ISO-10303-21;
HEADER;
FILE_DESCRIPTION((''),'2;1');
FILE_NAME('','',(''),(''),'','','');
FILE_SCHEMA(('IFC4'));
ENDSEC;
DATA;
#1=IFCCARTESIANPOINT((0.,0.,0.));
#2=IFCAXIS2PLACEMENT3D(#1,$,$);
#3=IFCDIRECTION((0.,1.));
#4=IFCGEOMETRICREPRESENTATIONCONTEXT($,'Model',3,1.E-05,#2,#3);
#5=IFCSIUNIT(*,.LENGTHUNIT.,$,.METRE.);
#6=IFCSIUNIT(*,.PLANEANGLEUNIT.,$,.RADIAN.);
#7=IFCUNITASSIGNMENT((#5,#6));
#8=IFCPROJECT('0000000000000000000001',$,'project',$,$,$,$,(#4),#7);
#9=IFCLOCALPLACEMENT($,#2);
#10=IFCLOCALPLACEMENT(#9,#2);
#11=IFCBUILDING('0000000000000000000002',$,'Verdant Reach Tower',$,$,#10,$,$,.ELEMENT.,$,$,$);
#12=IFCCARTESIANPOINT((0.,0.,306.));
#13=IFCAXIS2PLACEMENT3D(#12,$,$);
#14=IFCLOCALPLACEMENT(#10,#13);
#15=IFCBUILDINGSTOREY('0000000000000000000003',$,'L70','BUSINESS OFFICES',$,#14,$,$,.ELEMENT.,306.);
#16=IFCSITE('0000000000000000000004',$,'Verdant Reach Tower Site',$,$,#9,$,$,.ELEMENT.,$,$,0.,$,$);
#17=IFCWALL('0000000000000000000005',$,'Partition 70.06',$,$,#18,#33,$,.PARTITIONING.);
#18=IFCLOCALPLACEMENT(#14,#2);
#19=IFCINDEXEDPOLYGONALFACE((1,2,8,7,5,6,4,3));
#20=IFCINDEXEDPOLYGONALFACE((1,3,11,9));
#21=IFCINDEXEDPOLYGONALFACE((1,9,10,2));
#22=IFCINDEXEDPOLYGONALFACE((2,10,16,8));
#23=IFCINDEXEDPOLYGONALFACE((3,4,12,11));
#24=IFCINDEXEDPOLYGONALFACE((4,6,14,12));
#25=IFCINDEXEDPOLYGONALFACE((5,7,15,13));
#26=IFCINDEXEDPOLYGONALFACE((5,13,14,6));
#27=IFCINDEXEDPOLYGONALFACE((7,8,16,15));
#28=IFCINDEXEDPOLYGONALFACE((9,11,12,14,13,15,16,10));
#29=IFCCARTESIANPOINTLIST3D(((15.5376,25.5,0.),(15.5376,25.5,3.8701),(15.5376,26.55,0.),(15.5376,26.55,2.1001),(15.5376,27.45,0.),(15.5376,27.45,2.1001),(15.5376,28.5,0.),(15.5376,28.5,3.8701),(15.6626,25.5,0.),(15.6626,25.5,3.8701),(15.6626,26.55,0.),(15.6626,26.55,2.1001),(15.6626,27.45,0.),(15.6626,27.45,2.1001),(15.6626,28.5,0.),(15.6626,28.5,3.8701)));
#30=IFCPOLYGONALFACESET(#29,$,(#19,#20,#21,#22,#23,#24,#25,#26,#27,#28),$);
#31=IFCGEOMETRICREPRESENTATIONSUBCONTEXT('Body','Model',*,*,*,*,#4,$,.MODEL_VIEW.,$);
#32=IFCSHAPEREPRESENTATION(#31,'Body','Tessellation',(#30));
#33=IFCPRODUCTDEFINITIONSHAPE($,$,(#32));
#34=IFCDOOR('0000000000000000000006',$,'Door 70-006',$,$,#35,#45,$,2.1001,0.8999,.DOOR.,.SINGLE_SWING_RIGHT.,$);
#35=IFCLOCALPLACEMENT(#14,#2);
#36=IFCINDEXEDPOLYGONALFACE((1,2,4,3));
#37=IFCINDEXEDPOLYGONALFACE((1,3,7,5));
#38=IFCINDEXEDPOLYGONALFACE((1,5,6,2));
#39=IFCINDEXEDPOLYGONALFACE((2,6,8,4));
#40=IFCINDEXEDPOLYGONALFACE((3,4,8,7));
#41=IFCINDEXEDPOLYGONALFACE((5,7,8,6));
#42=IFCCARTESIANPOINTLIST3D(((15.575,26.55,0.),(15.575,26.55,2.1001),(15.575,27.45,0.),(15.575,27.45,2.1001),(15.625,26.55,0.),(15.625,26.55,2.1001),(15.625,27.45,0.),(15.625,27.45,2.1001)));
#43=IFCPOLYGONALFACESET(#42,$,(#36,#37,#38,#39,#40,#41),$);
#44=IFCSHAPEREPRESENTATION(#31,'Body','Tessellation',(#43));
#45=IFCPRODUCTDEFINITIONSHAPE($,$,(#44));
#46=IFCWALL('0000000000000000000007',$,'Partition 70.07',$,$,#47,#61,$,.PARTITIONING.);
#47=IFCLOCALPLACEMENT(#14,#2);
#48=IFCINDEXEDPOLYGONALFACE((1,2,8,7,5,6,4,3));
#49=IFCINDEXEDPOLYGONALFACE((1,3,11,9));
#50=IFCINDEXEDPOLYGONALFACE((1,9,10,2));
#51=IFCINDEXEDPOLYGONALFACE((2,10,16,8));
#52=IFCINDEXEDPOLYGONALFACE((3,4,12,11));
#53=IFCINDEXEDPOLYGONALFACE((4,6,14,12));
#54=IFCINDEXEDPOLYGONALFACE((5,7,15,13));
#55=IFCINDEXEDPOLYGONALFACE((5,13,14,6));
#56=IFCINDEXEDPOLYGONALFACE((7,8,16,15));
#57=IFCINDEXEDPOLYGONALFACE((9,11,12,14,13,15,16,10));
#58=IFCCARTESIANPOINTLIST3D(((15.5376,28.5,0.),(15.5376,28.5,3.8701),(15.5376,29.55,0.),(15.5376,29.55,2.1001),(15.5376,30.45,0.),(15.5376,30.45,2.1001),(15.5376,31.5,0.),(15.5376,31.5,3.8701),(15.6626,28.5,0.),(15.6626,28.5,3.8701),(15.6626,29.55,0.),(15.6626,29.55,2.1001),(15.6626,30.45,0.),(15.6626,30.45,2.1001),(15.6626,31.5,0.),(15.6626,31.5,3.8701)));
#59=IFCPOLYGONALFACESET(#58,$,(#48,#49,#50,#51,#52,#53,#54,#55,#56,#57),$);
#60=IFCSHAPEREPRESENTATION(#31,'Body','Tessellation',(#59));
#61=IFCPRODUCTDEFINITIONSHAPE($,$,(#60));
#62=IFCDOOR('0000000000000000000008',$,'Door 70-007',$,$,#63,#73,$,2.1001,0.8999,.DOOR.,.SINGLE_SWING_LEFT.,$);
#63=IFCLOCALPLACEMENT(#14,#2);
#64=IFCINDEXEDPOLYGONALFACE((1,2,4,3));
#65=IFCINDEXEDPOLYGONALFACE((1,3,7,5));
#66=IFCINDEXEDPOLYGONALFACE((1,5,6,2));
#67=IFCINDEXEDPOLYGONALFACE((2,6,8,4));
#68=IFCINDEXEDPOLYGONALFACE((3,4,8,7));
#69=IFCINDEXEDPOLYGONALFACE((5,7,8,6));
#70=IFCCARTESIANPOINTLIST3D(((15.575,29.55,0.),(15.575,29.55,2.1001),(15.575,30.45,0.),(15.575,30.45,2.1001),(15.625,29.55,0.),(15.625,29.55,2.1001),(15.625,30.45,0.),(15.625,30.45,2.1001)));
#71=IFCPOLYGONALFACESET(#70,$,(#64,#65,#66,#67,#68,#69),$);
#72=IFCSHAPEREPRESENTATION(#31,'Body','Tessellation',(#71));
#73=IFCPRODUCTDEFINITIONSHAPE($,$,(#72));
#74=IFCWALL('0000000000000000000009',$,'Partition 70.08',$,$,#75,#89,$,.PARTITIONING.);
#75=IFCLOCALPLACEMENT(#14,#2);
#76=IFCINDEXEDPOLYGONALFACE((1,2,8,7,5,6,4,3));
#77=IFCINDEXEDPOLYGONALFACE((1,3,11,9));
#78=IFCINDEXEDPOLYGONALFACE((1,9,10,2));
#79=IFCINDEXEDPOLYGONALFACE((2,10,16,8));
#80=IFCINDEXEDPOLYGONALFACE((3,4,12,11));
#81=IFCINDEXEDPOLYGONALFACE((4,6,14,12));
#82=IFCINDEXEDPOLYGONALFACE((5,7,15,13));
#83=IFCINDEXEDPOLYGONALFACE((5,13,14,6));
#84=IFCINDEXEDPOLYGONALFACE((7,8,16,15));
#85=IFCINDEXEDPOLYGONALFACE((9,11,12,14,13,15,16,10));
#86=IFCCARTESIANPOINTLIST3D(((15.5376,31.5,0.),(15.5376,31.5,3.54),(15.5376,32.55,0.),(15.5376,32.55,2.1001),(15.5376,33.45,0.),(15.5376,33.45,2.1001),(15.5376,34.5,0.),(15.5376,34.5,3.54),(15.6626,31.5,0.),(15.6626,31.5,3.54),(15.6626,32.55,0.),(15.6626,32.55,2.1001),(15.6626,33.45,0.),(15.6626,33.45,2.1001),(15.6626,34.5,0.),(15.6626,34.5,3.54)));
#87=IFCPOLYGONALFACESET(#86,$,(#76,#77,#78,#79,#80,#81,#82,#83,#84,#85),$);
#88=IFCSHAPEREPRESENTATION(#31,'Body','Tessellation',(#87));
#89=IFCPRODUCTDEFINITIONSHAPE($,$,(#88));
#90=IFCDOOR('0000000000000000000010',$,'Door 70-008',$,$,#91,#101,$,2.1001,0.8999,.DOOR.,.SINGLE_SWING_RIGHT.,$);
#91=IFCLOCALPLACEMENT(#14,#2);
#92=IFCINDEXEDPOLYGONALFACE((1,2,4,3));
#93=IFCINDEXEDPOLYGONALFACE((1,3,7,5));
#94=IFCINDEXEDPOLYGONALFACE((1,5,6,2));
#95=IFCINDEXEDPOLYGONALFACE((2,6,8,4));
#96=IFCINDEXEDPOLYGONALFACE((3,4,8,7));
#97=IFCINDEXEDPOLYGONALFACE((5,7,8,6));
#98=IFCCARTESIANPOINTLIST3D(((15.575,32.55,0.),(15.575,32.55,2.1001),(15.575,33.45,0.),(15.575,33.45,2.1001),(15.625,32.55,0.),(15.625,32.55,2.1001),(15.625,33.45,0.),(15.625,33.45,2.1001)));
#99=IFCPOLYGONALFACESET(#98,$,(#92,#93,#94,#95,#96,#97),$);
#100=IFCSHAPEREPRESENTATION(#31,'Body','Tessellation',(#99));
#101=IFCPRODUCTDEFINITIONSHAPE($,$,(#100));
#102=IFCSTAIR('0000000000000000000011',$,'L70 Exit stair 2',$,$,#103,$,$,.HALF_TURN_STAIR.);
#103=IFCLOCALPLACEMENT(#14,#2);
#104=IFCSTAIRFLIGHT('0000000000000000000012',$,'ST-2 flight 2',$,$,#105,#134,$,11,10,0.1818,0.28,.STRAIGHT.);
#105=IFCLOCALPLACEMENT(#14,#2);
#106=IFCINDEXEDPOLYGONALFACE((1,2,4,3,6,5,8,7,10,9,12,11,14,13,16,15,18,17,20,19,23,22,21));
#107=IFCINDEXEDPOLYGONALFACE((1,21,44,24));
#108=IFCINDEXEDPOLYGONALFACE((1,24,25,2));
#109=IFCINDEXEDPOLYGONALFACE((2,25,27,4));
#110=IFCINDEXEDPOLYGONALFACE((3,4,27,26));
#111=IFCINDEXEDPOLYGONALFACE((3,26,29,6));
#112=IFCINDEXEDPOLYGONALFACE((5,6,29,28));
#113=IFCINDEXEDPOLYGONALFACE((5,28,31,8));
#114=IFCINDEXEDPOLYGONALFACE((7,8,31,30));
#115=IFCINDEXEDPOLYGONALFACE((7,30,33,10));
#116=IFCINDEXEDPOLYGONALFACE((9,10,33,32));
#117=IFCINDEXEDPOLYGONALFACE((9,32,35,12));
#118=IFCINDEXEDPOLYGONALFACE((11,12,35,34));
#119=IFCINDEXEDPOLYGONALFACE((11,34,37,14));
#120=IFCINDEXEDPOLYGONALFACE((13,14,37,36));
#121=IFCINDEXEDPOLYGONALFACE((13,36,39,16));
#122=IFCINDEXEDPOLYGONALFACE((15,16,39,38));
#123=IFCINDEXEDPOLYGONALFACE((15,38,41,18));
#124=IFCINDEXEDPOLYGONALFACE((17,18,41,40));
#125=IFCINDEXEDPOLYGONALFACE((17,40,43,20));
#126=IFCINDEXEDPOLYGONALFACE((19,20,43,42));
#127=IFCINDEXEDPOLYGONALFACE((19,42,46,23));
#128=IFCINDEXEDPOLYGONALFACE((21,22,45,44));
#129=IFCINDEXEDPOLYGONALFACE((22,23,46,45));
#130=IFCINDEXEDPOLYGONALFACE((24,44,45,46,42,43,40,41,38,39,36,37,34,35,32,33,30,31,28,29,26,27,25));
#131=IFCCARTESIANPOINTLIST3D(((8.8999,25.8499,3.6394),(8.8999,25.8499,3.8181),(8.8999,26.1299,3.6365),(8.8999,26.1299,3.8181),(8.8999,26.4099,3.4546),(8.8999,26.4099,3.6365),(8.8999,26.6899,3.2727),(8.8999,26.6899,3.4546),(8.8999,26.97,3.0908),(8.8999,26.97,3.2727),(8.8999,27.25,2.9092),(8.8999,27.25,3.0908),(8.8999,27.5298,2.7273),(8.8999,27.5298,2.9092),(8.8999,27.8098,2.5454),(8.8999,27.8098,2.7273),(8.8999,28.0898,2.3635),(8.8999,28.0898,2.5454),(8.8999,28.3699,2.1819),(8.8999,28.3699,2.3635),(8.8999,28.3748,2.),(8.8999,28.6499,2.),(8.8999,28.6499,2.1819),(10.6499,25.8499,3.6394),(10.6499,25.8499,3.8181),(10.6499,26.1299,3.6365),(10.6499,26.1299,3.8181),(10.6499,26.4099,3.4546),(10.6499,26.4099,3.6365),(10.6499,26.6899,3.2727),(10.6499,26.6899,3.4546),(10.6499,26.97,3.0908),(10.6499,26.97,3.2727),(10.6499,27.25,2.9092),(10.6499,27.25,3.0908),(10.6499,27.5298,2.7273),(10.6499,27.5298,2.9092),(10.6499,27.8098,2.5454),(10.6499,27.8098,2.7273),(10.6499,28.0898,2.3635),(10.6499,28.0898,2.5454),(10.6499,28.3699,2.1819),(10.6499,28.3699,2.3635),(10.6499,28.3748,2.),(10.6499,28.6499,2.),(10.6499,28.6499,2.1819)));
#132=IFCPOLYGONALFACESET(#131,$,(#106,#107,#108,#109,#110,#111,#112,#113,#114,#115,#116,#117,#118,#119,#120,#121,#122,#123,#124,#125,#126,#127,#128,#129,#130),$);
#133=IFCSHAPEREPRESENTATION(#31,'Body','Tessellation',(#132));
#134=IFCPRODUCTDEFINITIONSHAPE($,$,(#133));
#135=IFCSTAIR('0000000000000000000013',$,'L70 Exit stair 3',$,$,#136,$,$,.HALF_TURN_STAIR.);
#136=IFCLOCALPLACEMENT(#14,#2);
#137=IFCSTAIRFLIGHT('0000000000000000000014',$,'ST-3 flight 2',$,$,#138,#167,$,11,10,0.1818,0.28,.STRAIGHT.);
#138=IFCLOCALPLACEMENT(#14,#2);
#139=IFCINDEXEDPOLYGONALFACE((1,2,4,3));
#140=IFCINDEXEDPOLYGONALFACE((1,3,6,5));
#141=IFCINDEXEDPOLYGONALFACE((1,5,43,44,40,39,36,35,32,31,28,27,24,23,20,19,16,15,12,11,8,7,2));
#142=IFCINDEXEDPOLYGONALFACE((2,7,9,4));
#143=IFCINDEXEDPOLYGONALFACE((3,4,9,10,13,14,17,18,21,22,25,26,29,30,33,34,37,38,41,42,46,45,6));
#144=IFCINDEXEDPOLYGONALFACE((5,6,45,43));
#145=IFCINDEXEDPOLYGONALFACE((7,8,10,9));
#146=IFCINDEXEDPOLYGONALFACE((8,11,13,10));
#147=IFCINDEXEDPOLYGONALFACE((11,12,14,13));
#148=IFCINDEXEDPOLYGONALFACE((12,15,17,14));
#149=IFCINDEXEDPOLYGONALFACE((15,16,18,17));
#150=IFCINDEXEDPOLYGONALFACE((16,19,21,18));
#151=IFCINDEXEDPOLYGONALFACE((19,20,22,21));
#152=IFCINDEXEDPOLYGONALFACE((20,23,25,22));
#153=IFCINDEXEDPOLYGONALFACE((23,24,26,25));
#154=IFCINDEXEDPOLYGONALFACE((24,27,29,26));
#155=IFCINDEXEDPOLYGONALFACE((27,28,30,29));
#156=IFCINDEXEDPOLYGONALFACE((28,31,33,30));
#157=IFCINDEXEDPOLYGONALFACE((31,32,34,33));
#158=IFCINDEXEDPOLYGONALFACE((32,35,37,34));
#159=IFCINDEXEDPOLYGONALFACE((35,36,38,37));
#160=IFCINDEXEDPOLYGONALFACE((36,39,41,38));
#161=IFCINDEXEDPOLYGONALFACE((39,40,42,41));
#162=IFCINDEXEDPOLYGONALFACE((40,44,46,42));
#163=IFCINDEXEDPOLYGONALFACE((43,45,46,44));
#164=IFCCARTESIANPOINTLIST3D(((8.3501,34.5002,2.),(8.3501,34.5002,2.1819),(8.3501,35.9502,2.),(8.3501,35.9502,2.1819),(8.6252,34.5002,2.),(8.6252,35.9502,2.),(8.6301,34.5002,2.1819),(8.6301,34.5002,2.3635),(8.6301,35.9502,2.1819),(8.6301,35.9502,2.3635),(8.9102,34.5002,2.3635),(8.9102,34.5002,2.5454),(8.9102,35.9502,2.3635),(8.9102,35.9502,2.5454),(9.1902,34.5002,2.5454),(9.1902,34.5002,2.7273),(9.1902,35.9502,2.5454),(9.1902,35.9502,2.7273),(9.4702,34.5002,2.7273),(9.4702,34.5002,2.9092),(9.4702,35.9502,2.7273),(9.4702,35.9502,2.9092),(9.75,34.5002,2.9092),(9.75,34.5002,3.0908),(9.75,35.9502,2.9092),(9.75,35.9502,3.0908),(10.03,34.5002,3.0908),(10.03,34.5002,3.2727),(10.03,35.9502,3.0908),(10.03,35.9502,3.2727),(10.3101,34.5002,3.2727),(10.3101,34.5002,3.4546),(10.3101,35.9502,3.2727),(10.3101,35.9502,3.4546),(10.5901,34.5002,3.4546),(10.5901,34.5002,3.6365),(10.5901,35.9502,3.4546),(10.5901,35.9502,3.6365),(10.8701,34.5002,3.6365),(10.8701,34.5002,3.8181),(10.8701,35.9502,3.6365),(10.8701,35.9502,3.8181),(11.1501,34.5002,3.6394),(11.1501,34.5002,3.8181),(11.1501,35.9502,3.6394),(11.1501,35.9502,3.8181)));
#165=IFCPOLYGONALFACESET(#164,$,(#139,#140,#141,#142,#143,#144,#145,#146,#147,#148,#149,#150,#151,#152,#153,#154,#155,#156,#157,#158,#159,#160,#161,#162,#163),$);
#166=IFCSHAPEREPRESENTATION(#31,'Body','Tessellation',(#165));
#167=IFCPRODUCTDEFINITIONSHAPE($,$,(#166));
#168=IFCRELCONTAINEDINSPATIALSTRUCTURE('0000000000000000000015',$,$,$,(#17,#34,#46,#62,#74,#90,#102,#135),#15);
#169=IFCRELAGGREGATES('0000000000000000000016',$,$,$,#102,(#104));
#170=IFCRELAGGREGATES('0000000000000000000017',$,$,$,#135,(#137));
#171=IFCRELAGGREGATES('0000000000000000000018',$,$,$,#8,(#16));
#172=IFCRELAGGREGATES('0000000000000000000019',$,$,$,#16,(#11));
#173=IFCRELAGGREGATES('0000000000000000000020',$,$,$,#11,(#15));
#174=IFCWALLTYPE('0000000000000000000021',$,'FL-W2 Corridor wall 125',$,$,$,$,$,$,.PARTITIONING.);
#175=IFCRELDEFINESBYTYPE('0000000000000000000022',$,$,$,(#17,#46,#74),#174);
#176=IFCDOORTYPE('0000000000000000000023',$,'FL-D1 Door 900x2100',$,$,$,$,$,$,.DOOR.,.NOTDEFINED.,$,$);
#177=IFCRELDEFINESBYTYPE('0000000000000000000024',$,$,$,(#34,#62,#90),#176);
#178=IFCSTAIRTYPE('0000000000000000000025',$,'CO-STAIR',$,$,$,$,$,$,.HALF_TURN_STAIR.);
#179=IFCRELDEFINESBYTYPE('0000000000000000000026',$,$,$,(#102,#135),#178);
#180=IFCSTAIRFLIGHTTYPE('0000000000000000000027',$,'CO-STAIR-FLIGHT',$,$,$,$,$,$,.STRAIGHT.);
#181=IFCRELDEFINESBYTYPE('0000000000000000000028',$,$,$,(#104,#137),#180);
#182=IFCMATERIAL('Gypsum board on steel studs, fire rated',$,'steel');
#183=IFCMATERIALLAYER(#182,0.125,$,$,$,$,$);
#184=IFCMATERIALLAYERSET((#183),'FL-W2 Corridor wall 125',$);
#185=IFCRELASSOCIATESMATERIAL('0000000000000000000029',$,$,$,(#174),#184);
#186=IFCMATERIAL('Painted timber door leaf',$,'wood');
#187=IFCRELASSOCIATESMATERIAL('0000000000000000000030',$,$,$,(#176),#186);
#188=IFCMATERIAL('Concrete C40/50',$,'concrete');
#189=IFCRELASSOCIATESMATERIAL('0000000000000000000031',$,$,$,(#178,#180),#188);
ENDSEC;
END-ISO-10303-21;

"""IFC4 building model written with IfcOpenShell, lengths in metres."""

from ifc_helpers import new_model, si_unit, direction, frame, frame_2d, origin, place, context, subcontext, project, spatial, polyline, rectangle, outline, extrude, material, layer, layer_set, type_object, element, fill, aggregate, save


model = new_model("IFC4")

# Units and contexts
model_context = context("Model", 3, precision=1e-05, world=origin(), true_north=direction((0.0, 1.0)))
body_context = subcontext(model_context, "Body", "Model", "MODEL_VIEW")
ifc_project = project(units=[si_unit("LENGTHUNIT", "METRE"), si_unit("PLANEANGLEUNIT", "RADIAN")], contexts=[model_context])

# Site, building, storey
site_placement = place(None, origin())
site = spatial("IfcSite", under=ifc_project, at=site_placement, Name="Verdant Reach Tower Site", CompositionType="ELEMENT", RefElevation=0.0)
building_placement = place(site_placement, origin())
building = spatial("IfcBuilding", under=site, at=building_placement, Name="Verdant Reach Tower", CompositionType="ELEMENT")
storey_placement = place(building_placement, frame((0.0, 0.0, 306.0)))
storey = spatial("IfcBuildingStorey", under=building, at=storey_placement, Name="L70", Description="BUSINESS OFFICES", CompositionType="ELEMENT", Elevation=306.0)

# Shared definitions
ifc_material_1 = material(Name="Concrete C40/50", Category="concrete")

# Walls, openings, doors
ifc_material_2 = material(Name="Gypsum board on steel studs, fire rated", Category="steel")
ifc_layer_1 = layer(ifc_material_2, 0.125)
ifc_layer_set_1 = layer_set([ifc_layer_1], Name="FL-W2 Corridor wall 125")
wall_type_1 = type_object("IfcWallType", Name="FL-W2 Corridor wall 125", PredefinedType="PARTITIONING", material=ifc_layer_set_1)
wall_1_placement = place(storey_placement, frame((15.6001, 28.5, 0.0), z_axis=(0.0, 0.0, 1.0), x_axis=(0.0, -1.0, 0.0)))
wall_1 = element("IfcWall", 1, at=wall_1_placement, inside=storey, type_object=wall_type_1, Name="Partition 70.06", PredefinedType="PARTITIONING", context=body_context, shape_type="SweptSolid", body=[
    extrude(rectangle(XDim=3.0, YDim=0.125, at=frame_2d((1.5, 0.0))), origin(), (0.0, 0.0, 1.0), 3.8701),
])
opening_1_placement = place(wall_1_placement, frame((1.05, 0.0, 0.0)))
opening_1 = element("IfcOpeningElement", 2, at=opening_1_placement, cuts=wall_1, PredefinedType="OPENING", context=body_context, shape_type="SweptSolid", body=[
    extrude(rectangle(XDim=0.8999, YDim=2.1001, at=frame_2d((0.45, 1.05))), frame((0.0, 0.0725, 0.0), z_axis=(0.0, -1.0, 0.0), x_axis=(1.0, 0.0, 0.0)), (0.0, 0.0, 1.0), 0.145),
])
ifc_material_3 = material(Name="Painted timber door leaf", Category="wood")
door_type_1 = type_object("IfcDoorType", Name="FL-D1 Door 900x2100", OperationType="NOTDEFINED", PredefinedType="DOOR", material=ifc_material_3)
door_1_placement = place(opening_1_placement, origin())
door_1 = element("IfcDoor", 3, at=door_1_placement, inside=storey, type_object=door_type_1, Name="Door 70-006", OperationType="SINGLE_SWING_RIGHT", OverallHeight=2.1001, OverallWidth=0.8999, PredefinedType="DOOR", context=body_context, shape_type="SweptSolid", body=[
    extrude(rectangle(XDim=0.8999, YDim=2.1001, at=frame_2d((0.45, 1.05))), frame((0.0, 0.0249, 0.0), z_axis=(0.0, -1.0, 0.0), x_axis=(1.0, 0.0, 0.0)), (0.0, 0.0, 1.0), 0.05),
])
fill(opening_1, door_1)
wall_2_placement = place(storey_placement, frame((15.6001, 31.5, 0.0), z_axis=(0.0, 0.0, 1.0), x_axis=(0.0, -1.0, 0.0)))
wall_2 = element("IfcWall", 4, at=wall_2_placement, inside=storey, type_object=wall_type_1, Name="Partition 70.07", PredefinedType="PARTITIONING", context=body_context, shape_type="SweptSolid", body=[
    extrude(rectangle(XDim=3.0, YDim=0.125, at=frame_2d((1.5, 0.0))), origin(), (0.0, 0.0, 1.0), 3.8701),
])
opening_2_placement = place(wall_2_placement, frame((1.05, 0.0, 0.0)))
opening_2 = element("IfcOpeningElement", 5, at=opening_2_placement, cuts=wall_2, PredefinedType="OPENING", context=body_context, shape_type="SweptSolid", body=[
    extrude(rectangle(XDim=0.8999, YDim=2.1001, at=frame_2d((0.45, 1.05))), frame((0.0, 0.0725, 0.0), z_axis=(0.0, -1.0, 0.0), x_axis=(1.0, 0.0, 0.0)), (0.0, 0.0, 1.0), 0.145),
])
door_2_placement = place(opening_2_placement, origin())
door_2 = element("IfcDoor", 6, at=door_2_placement, inside=storey, type_object=door_type_1, Name="Door 70-007", OperationType="SINGLE_SWING_LEFT", OverallHeight=2.1001, OverallWidth=0.8999, PredefinedType="DOOR", context=body_context, shape_type="SweptSolid", body=[
    extrude(rectangle(XDim=0.8999, YDim=2.1001, at=frame_2d((0.45, 1.05))), frame((0.0, 0.0249, 0.0), z_axis=(0.0, -1.0, 0.0), x_axis=(1.0, 0.0, 0.0)), (0.0, 0.0, 1.0), 0.05),
])
fill(opening_2, door_2)
wall_3_placement = place(storey_placement, frame((15.6001, 34.5, 0.0), z_axis=(0.0, 0.0, 1.0), x_axis=(0.0, -1.0, 0.0)))
wall_3 = element("IfcWall", 7, at=wall_3_placement, inside=storey, type_object=wall_type_1, Name="Partition 70.08", PredefinedType="PARTITIONING", context=body_context, shape_type="SweptSolid", body=[
    extrude(rectangle(XDim=3.0, YDim=0.125, at=frame_2d((1.5, 0.0))), origin(), (0.0, 0.0, 1.0), 3.54),
])
opening_3_placement = place(wall_3_placement, frame((1.05, 0.0, 0.0)))
opening_3 = element("IfcOpeningElement", 8, at=opening_3_placement, cuts=wall_3, PredefinedType="OPENING", context=body_context, shape_type="SweptSolid", body=[
    extrude(rectangle(XDim=0.8999, YDim=2.1001, at=frame_2d((0.45, 1.05))), frame((0.0, 0.0725, 0.0), z_axis=(0.0, -1.0, 0.0), x_axis=(1.0, 0.0, 0.0)), (0.0, 0.0, 1.0), 0.145),
])
door_3_placement = place(opening_3_placement, origin())
door_3 = element("IfcDoor", 9, at=door_3_placement, inside=storey, type_object=door_type_1, Name="Door 70-008", OperationType="SINGLE_SWING_RIGHT", OverallHeight=2.1001, OverallWidth=0.8999, PredefinedType="DOOR", context=body_context, shape_type="SweptSolid", body=[
    extrude(rectangle(XDim=0.8999, YDim=2.1001, at=frame_2d((0.45, 1.05))), frame((0.0, 0.0249, 0.0), z_axis=(0.0, -1.0, 0.0), x_axis=(1.0, 0.0, 0.0)), (0.0, 0.0, 1.0), 0.05),
])
fill(opening_3, door_3)

# Stairs, stair flights
stair_type = type_object("IfcStairType", Name="CO-STAIR", PredefinedType="HALF_TURN_STAIR", material=ifc_material_1)
stair_1_placement = place(storey_placement, origin())
stair_1 = element("IfcStair", 10, at=stair_1_placement, inside=storey, type_object=stair_type, Name="L70 Exit stair 2", PredefinedType="HALF_TURN_STAIR")
stair_flight_type = type_object("IfcStairFlightType", Name="CO-STAIR-FLIGHT", PredefinedType="STRAIGHT", material=ifc_material_1)
stair_flight_1_placement = place(storey_placement, frame((9.7749, 28.6499, 2.0), z_axis=(0.0, 0.0, 1.0), x_axis=(0.0, -1.0, 0.0)))
stair_flight_1 = element("IfcStairFlight", 11, at=stair_flight_1_placement, type_object=stair_flight_type, Name="ST-2 flight 2", NumberOfRisers=11, NumberOfTreads=10, PredefinedType="STRAIGHT", RiserHeight=0.1818, TreadLength=0.28, context=body_context, shape_type="SweptSolid", body=[
    extrude(outline(polyline([(0.0, 0.0), (0.0, 0.1819), (0.28, 0.1819), (0.28, 0.3635), (0.5601, 0.3635), (0.5601, 0.5454), (0.8401, 0.5454), (0.8401, 0.7273), (1.1201, 0.7273), (1.1201, 0.9092), (1.3999, 0.9092), (1.3999, 1.0908), (1.6799, 1.0908), (1.6799, 1.2727), (1.96, 1.2727), (1.96, 1.4546), (2.24, 1.4546), (2.24, 1.6365), (2.52, 1.6365), (2.52, 1.8181), (2.8, 1.8181), (2.8, 2.0), (2.8, 1.6394), (0.2751, 0.0), (0.0, 0.0)])), frame((0.0, 0.875, 0.0), z_axis=(0.0, -1.0, 0.0), x_axis=(1.0, 0.0, 0.0)), (0.0, 0.0, 1.0), 1.75),
])
aggregate(stair_1, [stair_flight_1])
stair_2_placement = place(storey_placement, origin())
stair_2 = element("IfcStair", 12, at=stair_2_placement, inside=storey, type_object=stair_type, Name="L70 Exit stair 3", PredefinedType="HALF_TURN_STAIR")
stair_flight_2_placement = place(storey_placement, frame((8.3501, 35.2251, 2.0), z_axis=(0.0, 0.0, 1.0), x_axis=(1.0, 0.0, 0.0)))
stair_flight_2 = element("IfcStairFlight", 13, at=stair_flight_2_placement, type_object=stair_flight_type, Name="ST-3 flight 2", NumberOfRisers=11, NumberOfTreads=10, PredefinedType="STRAIGHT", RiserHeight=0.1818, TreadLength=0.28, context=body_context, shape_type="SweptSolid", body=[
    extrude(outline(polyline([(0.0, 0.0), (0.0, 0.1819), (0.28, 0.1819), (0.28, 0.3635), (0.5601, 0.3635), (0.5601, 0.5454), (0.8401, 0.5454), (0.8401, 0.7273), (1.1201, 0.7273), (1.1201, 0.9092), (1.3999, 0.9092), (1.3999, 1.0908), (1.6799, 1.0908), (1.6799, 1.2727), (1.96, 1.2727), (1.96, 1.4546), (2.24, 1.4546), (2.24, 1.6365), (2.52, 1.6365), (2.52, 1.8181), (2.8, 1.8181), (2.8, 2.0), (2.8, 1.6394), (0.2751, 0.0), (0.0, 0.0)])), frame((0.0, 0.7251, 0.0), z_axis=(0.0, -1.0, 0.0), x_axis=(1.0, 0.0, 0.0)), (0.0, 0.0, 1.0), 1.45),
])
aggregate(stair_2, [stair_flight_2])

save(model, "model.ifc")
